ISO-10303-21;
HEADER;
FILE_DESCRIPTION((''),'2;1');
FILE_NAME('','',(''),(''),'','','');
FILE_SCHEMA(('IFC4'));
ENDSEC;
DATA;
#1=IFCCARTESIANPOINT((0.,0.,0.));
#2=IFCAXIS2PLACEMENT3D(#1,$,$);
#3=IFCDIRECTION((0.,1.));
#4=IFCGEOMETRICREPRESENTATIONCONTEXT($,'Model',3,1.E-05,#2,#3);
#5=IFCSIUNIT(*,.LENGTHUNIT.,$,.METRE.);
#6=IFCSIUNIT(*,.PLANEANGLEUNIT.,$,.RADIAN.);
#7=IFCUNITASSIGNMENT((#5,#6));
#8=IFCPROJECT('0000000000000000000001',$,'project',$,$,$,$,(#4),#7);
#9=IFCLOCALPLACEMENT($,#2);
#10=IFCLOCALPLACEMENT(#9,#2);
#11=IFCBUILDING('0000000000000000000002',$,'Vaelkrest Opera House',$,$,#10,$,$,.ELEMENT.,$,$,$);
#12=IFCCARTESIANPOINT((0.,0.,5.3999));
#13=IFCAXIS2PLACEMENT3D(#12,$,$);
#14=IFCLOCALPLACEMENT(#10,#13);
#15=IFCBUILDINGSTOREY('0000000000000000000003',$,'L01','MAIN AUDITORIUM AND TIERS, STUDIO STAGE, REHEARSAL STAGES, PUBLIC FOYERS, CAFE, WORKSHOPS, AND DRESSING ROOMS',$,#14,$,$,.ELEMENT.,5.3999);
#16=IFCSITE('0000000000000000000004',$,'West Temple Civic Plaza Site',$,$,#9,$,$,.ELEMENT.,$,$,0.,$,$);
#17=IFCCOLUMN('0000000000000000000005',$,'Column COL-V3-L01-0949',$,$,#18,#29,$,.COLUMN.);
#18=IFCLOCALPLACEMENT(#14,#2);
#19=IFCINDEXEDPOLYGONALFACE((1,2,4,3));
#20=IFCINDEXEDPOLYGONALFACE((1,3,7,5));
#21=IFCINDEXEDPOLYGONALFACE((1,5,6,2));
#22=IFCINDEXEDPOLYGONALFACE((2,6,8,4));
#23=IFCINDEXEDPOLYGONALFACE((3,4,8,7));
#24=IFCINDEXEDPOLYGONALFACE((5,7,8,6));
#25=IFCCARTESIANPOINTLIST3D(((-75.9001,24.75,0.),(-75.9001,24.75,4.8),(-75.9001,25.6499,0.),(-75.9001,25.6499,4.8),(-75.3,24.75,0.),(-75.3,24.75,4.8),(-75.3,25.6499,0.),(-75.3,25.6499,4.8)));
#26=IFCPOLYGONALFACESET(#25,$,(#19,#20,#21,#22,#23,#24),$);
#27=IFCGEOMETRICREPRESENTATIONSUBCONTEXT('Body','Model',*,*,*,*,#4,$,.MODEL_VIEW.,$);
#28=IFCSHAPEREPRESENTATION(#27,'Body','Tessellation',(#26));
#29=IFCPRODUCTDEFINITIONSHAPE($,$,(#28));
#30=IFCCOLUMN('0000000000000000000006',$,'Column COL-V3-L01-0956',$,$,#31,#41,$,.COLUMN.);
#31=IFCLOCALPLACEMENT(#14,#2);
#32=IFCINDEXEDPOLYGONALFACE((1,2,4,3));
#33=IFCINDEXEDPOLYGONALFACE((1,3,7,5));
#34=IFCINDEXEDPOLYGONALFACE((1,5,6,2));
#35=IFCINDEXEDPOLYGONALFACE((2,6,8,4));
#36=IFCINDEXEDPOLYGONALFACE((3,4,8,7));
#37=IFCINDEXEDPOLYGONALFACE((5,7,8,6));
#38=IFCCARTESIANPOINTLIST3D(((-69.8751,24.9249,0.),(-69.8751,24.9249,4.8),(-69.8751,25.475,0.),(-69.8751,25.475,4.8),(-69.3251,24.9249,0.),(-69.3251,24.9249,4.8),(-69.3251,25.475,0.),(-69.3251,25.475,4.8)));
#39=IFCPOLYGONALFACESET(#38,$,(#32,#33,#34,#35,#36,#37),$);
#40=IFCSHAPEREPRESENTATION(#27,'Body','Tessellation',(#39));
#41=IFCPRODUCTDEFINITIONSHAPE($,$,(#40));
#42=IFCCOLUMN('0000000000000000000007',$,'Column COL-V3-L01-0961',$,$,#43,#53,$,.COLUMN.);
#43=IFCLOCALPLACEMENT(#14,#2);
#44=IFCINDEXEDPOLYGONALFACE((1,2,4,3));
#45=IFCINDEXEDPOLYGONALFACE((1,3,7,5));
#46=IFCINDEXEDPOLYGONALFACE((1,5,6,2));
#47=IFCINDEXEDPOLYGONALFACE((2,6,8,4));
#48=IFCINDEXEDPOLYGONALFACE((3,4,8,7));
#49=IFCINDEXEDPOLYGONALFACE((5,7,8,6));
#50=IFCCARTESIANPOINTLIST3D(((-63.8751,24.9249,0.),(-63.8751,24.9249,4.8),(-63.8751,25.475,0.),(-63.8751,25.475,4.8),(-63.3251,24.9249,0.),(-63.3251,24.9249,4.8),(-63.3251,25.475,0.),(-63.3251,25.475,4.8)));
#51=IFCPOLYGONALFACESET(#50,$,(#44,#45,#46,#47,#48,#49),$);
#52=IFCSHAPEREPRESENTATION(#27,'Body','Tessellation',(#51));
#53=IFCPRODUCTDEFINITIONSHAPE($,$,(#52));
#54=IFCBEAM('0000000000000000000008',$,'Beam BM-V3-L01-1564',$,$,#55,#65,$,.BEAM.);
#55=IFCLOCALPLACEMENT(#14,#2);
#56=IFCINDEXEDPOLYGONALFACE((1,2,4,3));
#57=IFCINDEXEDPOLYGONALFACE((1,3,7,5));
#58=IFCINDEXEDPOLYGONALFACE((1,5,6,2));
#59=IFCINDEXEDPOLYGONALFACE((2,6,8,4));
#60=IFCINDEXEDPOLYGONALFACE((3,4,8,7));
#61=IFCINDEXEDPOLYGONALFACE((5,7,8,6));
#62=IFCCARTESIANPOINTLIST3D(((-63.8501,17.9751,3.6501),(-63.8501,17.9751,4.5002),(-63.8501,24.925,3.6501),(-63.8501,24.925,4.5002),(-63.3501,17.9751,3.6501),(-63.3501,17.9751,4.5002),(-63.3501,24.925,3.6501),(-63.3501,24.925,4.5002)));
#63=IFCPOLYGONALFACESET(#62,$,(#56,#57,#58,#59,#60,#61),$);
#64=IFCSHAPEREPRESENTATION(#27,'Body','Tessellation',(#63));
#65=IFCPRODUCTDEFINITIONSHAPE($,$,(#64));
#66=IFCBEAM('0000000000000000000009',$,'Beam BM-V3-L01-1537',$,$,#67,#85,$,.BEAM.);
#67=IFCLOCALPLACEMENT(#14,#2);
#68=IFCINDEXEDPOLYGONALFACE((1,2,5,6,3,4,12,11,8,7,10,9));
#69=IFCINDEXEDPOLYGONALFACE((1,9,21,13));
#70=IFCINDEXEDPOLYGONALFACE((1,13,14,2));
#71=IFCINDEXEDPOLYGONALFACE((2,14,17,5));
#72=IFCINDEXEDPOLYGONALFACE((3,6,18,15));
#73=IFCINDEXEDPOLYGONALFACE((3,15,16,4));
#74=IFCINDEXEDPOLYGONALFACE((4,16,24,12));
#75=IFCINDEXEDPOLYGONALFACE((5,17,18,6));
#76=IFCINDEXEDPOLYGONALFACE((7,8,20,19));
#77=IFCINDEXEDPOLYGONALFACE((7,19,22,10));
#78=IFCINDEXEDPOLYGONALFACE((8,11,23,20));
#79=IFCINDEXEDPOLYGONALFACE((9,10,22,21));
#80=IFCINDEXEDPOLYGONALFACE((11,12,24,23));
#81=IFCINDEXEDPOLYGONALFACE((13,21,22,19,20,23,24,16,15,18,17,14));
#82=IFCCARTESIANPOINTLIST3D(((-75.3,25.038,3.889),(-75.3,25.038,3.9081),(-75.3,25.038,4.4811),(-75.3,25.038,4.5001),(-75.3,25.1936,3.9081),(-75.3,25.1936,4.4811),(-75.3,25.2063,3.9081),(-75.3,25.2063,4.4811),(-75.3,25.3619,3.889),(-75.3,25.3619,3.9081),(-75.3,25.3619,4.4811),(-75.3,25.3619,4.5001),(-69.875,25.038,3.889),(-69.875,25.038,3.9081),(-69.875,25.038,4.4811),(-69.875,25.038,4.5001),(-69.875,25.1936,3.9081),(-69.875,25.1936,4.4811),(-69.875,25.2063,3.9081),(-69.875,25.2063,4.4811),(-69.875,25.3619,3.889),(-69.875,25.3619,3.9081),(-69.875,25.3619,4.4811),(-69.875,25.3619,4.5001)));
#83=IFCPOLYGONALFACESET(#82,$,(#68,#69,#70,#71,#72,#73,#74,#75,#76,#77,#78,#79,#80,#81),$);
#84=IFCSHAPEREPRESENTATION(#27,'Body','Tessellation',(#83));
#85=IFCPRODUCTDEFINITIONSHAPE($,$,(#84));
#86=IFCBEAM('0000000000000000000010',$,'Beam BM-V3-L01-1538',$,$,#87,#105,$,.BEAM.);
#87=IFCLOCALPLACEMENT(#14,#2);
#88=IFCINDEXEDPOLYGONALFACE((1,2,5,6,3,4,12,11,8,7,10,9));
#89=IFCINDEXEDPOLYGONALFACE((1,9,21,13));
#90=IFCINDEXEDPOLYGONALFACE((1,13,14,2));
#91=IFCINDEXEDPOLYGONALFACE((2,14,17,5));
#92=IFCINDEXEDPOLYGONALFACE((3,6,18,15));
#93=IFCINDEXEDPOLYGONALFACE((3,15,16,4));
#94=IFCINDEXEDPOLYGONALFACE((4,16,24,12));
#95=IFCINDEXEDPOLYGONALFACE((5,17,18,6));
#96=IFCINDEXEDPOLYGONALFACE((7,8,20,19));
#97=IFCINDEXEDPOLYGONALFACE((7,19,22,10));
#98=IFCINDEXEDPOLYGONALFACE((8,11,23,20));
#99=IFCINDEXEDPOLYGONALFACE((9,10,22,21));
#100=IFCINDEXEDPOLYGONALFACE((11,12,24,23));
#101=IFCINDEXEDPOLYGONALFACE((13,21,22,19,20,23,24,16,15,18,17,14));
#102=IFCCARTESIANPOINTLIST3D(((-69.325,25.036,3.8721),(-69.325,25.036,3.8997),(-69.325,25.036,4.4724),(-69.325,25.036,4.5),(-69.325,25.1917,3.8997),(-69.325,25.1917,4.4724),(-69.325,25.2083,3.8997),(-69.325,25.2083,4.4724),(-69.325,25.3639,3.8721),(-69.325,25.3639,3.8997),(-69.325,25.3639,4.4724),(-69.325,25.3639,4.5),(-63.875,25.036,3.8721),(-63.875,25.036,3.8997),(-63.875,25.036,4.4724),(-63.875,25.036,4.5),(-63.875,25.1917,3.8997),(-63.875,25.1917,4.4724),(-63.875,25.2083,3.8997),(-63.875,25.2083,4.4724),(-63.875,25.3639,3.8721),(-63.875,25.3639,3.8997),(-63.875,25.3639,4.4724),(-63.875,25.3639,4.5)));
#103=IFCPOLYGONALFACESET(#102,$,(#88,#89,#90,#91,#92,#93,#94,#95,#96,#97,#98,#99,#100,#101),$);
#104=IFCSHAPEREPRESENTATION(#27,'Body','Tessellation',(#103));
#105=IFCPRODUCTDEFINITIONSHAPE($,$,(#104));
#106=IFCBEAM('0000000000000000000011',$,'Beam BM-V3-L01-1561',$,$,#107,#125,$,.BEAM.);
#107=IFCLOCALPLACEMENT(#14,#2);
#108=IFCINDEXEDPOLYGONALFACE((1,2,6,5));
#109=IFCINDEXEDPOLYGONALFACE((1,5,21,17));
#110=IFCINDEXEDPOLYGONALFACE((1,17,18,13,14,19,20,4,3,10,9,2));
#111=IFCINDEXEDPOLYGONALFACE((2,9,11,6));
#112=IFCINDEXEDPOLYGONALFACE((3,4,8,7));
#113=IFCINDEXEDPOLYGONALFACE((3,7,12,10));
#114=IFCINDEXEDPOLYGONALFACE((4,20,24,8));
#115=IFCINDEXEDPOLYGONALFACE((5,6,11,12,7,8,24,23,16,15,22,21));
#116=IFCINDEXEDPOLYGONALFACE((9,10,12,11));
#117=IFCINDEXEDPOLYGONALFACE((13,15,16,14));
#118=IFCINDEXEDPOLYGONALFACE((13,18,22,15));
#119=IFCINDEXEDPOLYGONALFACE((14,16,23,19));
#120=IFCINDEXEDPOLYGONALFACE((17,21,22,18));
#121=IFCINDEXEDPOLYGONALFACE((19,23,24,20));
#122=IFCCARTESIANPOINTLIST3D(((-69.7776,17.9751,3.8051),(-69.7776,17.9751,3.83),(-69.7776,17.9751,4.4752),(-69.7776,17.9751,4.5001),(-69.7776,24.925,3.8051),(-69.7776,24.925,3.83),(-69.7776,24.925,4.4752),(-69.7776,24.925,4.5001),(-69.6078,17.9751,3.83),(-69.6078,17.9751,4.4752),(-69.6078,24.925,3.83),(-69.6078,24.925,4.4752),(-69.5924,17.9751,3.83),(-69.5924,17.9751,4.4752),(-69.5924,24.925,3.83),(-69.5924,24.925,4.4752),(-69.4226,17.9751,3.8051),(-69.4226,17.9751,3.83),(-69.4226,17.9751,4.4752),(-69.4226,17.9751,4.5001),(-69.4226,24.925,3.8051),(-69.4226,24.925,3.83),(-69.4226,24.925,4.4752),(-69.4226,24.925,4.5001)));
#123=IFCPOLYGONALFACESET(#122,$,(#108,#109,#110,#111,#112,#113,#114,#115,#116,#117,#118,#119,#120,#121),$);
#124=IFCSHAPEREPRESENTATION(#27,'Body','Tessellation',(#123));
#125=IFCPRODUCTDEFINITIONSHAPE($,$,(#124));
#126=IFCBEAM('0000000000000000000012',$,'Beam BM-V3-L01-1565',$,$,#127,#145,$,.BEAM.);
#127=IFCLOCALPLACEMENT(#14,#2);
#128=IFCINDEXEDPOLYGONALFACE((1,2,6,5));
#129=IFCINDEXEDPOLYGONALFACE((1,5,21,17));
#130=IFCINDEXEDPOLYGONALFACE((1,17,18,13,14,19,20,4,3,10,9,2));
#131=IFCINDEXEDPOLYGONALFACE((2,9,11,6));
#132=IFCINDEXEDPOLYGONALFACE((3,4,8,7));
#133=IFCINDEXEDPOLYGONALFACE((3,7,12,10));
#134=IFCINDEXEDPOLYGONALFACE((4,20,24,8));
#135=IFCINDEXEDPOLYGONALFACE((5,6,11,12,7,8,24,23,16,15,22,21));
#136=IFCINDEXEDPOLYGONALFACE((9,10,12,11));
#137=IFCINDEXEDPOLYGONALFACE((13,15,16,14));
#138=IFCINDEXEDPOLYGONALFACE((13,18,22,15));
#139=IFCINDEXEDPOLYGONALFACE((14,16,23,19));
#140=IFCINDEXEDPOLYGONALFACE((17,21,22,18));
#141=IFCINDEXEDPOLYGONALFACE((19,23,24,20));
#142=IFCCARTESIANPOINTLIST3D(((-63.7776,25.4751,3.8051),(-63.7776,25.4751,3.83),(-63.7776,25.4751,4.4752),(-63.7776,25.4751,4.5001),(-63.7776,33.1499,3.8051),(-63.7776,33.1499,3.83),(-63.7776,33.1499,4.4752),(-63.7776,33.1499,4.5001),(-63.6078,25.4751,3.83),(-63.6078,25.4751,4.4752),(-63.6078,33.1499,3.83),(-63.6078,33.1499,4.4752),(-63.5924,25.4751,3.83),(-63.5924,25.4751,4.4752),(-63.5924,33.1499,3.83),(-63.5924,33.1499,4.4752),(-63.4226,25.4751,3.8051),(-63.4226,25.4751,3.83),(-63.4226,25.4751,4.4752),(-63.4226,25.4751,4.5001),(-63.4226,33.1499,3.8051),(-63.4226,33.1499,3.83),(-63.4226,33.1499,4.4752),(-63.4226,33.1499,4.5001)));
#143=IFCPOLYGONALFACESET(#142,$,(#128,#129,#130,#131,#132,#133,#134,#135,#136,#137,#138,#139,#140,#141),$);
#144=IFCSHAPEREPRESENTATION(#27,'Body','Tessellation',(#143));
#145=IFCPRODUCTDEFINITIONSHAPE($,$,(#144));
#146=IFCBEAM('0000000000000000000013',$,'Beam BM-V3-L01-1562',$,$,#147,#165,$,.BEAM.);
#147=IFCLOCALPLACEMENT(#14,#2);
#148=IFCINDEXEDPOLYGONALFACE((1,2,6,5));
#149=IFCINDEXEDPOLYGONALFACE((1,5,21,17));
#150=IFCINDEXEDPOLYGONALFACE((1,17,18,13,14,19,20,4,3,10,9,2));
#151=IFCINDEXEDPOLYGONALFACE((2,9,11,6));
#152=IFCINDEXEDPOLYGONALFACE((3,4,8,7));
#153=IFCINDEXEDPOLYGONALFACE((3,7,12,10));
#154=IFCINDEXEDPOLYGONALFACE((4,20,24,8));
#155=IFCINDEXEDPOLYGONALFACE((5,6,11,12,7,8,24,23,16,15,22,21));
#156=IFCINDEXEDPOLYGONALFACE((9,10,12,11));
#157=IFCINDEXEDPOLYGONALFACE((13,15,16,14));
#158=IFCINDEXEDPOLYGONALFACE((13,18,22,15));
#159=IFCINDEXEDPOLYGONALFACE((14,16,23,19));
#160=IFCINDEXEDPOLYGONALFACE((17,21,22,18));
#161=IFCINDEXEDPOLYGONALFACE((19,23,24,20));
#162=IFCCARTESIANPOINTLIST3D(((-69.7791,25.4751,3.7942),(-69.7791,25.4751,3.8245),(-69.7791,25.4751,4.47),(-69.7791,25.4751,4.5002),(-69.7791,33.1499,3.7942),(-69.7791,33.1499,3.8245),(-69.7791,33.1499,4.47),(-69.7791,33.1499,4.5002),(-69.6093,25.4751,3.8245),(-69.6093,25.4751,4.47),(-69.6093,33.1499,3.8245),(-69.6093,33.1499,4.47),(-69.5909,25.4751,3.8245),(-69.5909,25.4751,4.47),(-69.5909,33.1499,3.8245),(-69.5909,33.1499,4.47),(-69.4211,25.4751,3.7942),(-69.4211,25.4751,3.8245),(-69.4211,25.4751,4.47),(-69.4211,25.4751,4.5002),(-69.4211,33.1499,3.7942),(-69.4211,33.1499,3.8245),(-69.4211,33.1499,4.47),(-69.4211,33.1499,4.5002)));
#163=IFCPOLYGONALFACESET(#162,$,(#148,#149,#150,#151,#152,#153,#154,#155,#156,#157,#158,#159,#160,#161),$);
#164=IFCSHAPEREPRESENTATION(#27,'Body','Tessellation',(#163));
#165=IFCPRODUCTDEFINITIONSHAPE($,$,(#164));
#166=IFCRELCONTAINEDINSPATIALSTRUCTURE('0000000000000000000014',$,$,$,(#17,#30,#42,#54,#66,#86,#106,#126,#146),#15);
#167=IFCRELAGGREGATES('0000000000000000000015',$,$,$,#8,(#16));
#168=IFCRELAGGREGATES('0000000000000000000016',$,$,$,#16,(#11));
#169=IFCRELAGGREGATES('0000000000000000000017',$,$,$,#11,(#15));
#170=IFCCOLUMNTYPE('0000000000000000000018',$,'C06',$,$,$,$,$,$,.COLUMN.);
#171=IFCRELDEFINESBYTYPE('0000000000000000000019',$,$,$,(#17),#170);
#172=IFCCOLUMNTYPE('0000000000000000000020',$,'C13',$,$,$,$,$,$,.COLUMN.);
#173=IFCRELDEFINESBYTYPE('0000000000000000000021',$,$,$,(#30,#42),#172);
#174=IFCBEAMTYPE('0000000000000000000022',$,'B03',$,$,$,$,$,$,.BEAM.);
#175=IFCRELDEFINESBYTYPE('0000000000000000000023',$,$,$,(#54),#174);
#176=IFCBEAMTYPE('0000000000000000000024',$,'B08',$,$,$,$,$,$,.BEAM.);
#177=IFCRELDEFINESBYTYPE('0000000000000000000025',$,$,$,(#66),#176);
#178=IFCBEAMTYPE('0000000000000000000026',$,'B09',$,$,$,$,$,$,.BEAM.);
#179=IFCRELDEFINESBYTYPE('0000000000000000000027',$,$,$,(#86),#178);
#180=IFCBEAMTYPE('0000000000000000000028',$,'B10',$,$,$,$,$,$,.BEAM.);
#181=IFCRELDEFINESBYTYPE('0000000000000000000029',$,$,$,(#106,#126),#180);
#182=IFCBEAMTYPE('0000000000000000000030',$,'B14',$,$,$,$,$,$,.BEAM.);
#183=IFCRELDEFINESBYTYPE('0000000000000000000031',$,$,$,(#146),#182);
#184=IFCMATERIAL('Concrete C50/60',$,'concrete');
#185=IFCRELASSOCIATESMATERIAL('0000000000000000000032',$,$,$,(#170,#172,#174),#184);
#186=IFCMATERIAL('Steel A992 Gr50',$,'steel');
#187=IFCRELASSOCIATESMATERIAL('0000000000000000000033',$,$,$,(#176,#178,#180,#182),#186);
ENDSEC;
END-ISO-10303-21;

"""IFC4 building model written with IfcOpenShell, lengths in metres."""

from ifc_helpers import new_model, si_unit, direction, frame, origin, origin_2d, place, context, subcontext, project, spatial, rectangle, i_section, extrude, material, material_profile, profile_set, type_object, element, save


model = new_model("IFC4")

# Units and contexts
model_context = context("Model", 3, precision=1e-05, world=origin(), true_north=direction((0.0, 1.0)))
body_context = subcontext(model_context, "Body", "Model", "MODEL_VIEW")
ifc_project = project(units=[si_unit("LENGTHUNIT", "METRE"), si_unit("PLANEANGLEUNIT", "RADIAN")], contexts=[model_context])

# Site, building, storey
site_placement = place(None, origin())
site = spatial("IfcSite", under=ifc_project, at=site_placement, Name="West Temple Civic Plaza Site", CompositionType="ELEMENT", RefElevation=0.0)
building_placement = place(site_placement, origin())
building = spatial("IfcBuilding", under=site, at=building_placement, Name="Vaelkrest Opera House", CompositionType="ELEMENT")
storey_placement = place(building_placement, frame((0.0, 0.0, 5.3999)))
storey = spatial("IfcBuildingStorey", under=building, at=storey_placement, Name="L01", Description="MAIN AUDITORIUM AND TIERS, STUDIO STAGE, REHEARSAL STAGES, PUBLIC FOYERS, CAFE, WORKSHOPS, AND DRESSING ROOMS", CompositionType="ELEMENT", Elevation=5.3999)

# Columns
ifc_material_1 = material(Name="Concrete C50/60", Category="concrete")
ifc_material_profile_1 = material_profile(ifc_material_1, rectangle(XDim=0.6001, YDim=0.8999, at=origin_2d()), Name="RC600X900")
ifc_profile_set_1 = profile_set([ifc_material_profile_1], Name="Concrete C50/60")
column_type_1 = type_object("IfcColumnType", Name="C06", PredefinedType="COLUMN", material=ifc_profile_set_1)
column_placement = place(storey_placement, frame((-75.6001, 25.2, 0.0), z_axis=(0.0, 0.0, 1.0), x_axis=(1.0, 0.0, 0.0)))
element("IfcColumn", 1, at=column_placement, inside=storey, type_object=column_type_1, Name="Column COL-V3-L01-0949", PredefinedType="COLUMN", context=body_context, shape_type="SweptSolid", body=[
    extrude(rectangle(XDim=0.6001, YDim=0.8999, at=origin_2d()), origin(), (0.0, 0.0, 1.0), 4.8),
])
ifc_material_profile_2 = material_profile(ifc_material_1, rectangle(XDim=0.55, YDim=0.55, at=origin_2d()), Name="RC550X550")
ifc_profile_set_2 = profile_set([ifc_material_profile_2], Name="Concrete C50/60")
column_type_2 = type_object("IfcColumnType", Name="C13", PredefinedType="COLUMN", material=ifc_profile_set_2)
for number, where, z_axis, x_axis, name in (
    (2, (-69.6001, 25.2, 0.0), (0.0, 0.0, 1.0), (1.0, 0.0, 0.0), "Column COL-V3-L01-0956"),
    (3, (-63.6001, 25.2, 0.0), (0.0, 0.0, 1.0), (1.0, 0.0, 0.0), "Column COL-V3-L01-0961"),
):
    element("IfcColumn", number, at=place(storey_placement, frame(where, z_axis=z_axis, x_axis=x_axis)), inside=storey, type_object=column_type_2, Name=name, PredefinedType="COLUMN", context=body_context, shape_type="SweptSolid", body=[
        extrude(rectangle(XDim=0.55, YDim=0.55, at=origin_2d()), origin(), (0.0, 0.0, 1.0), 4.8),
    ])

# Beams
ifc_material_profile_3 = material_profile(ifc_material_1, rectangle(XDim=0.5, YDim=0.8501, at=origin_2d()), Name="RCB500X850")
ifc_profile_set_3 = profile_set([ifc_material_profile_3], Name="Concrete C50/60")
beam_type_1 = type_object("IfcBeamType", Name="B03", PredefinedType="BEAM", material=ifc_profile_set_3)
beam_1_placement = place(storey_placement, frame((-63.6001, 17.9751, 4.0752), z_axis=(0.0, 1.0, 0.0), x_axis=(-1.0, 0.0, 0.0)))
element("IfcBeam", 4, at=beam_1_placement, inside=storey, type_object=beam_type_1, Name="Beam BM-V3-L01-1564", PredefinedType="BEAM", context=body_context, shape_type="SweptSolid", body=[
    extrude(rectangle(XDim=0.5, YDim=0.8501, at=origin_2d()), origin(), (0.0, 0.0, 1.0), 6.95),
])
ifc_material_2 = material(Name="Steel A992 Gr50", Category="steel")
ifc_material_profile_4 = material_profile(ifc_material_2, i_section(OverallWidth=0.324, OverallDepth=0.6111, WebThickness=0.0127, FlangeThickness=0.019, at=origin_2d()), Name="W24X104")
ifc_profile_set_4 = profile_set([ifc_material_profile_4], Name="Steel A992 Gr50")
beam_type_2 = type_object("IfcBeamType", Name="B08", PredefinedType="BEAM", material=ifc_profile_set_4)
beam_2_placement = place(storey_placement, frame((-75.3, 25.2, 4.1946), z_axis=(1.0, 0.0, 0.0), x_axis=(0.0, 1.0, 0.0)))
element("IfcBeam", 5, at=beam_2_placement, inside=storey, type_object=beam_type_2, Name="Beam BM-V3-L01-1537", PredefinedType="BEAM", context=body_context, shape_type="SweptSolid", body=[
    extrude(i_section(OverallWidth=0.324, OverallDepth=0.6111, WebThickness=0.0127, FlangeThickness=0.019, at=origin_2d()), origin(), (0.0, 0.0, 1.0), 5.425),
])
ifc_material_profile_5 = material_profile(ifc_material_2, i_section(OverallWidth=0.3279, OverallDepth=0.6279, WebThickness=0.0166, FlangeThickness=0.0276, at=origin_2d()), Name="W24X146")
ifc_profile_set_5 = profile_set([ifc_material_profile_5], Name="Steel A992 Gr50")
beam_type_3 = type_object("IfcBeamType", Name="B09", PredefinedType="BEAM", material=ifc_profile_set_5)
beam_3_placement = place(storey_placement, frame((-69.325, 25.2, 4.186), z_axis=(1.0, 0.0, 0.0), x_axis=(0.0, 1.0, 0.0)))
element("IfcBeam", 6, at=beam_3_placement, inside=storey, type_object=beam_type_3, Name="Beam BM-V3-L01-1538", PredefinedType="BEAM", context=body_context, shape_type="SweptSolid", body=[
    extrude(i_section(OverallWidth=0.3279, OverallDepth=0.6279, WebThickness=0.0166, FlangeThickness=0.0276, at=origin_2d()), origin(), (0.0, 0.0, 1.0), 5.45),
])
ifc_material_profile_6 = material_profile(ifc_material_2, i_section(OverallWidth=0.355, OverallDepth=0.6951, WebThickness=0.0154, FlangeThickness=0.0249, at=origin_2d()), Name="W27X146")
ifc_profile_set_6 = profile_set([ifc_material_profile_6], Name="Steel A992 Gr50")
beam_type_4 = type_object("IfcBeamType", Name="B10", PredefinedType="BEAM", material=ifc_profile_set_6)
beam_4_placement = place(storey_placement, frame((-69.6001, 17.9751, 4.1526), z_axis=(0.0, 1.0, 0.0), x_axis=(-1.0, 0.0, 0.0)))
element("IfcBeam", 7, at=beam_4_placement, inside=storey, type_object=beam_type_4, Name="Beam BM-V3-L01-1561", PredefinedType="BEAM", context=body_context, shape_type="SweptSolid", body=[
    extrude(i_section(OverallWidth=0.355, OverallDepth=0.6951, WebThickness=0.0154, FlangeThickness=0.0249, at=origin_2d()), origin(), (0.0, 0.0, 1.0), 6.95),
])
beam_5_placement = place(storey_placement, frame((-63.6001, 25.4751, 4.1526), z_axis=(0.0, 1.0, 0.0), x_axis=(-1.0, 0.0, 0.0)))
element("IfcBeam", 8, at=beam_5_placement, inside=storey, type_object=beam_type_4, Name="Beam BM-V3-L01-1565", PredefinedType="BEAM", context=body_context, shape_type="SweptSolid", body=[
    extrude(i_section(OverallWidth=0.355, OverallDepth=0.6951, WebThickness=0.0154, FlangeThickness=0.0249, at=origin_2d()), origin(), (0.0, 0.0, 1.0), 7.6748),
])
ifc_material_profile_7 = material_profile(ifc_material_2, i_section(OverallWidth=0.3579, OverallDepth=0.7061, WebThickness=0.0183, FlangeThickness=0.0303, at=origin_2d()), Name="W27X178")
ifc_profile_set_7 = profile_set([ifc_material_profile_7], Name="Steel A992 Gr50")
beam_type_5 = type_object("IfcBeamType", Name="B14", PredefinedType="BEAM", material=ifc_profile_set_7)
beam_6_placement = place(storey_placement, frame((-69.6001, 25.4751, 4.1472), z_axis=(0.0, 1.0, 0.0), x_axis=(-1.0, 0.0, 0.0)))
element("IfcBeam", 9, at=beam_6_placement, inside=storey, type_object=beam_type_5, Name="Beam BM-V3-L01-1562", PredefinedType="BEAM", context=body_context, shape_type="SweptSolid", body=[
    extrude(i_section(OverallWidth=0.3579, OverallDepth=0.7061, WebThickness=0.0183, FlangeThickness=0.0303, at=origin_2d()), origin(), (0.0, 0.0, 1.0), 7.6748),
])

save(model, "model.ifc")
